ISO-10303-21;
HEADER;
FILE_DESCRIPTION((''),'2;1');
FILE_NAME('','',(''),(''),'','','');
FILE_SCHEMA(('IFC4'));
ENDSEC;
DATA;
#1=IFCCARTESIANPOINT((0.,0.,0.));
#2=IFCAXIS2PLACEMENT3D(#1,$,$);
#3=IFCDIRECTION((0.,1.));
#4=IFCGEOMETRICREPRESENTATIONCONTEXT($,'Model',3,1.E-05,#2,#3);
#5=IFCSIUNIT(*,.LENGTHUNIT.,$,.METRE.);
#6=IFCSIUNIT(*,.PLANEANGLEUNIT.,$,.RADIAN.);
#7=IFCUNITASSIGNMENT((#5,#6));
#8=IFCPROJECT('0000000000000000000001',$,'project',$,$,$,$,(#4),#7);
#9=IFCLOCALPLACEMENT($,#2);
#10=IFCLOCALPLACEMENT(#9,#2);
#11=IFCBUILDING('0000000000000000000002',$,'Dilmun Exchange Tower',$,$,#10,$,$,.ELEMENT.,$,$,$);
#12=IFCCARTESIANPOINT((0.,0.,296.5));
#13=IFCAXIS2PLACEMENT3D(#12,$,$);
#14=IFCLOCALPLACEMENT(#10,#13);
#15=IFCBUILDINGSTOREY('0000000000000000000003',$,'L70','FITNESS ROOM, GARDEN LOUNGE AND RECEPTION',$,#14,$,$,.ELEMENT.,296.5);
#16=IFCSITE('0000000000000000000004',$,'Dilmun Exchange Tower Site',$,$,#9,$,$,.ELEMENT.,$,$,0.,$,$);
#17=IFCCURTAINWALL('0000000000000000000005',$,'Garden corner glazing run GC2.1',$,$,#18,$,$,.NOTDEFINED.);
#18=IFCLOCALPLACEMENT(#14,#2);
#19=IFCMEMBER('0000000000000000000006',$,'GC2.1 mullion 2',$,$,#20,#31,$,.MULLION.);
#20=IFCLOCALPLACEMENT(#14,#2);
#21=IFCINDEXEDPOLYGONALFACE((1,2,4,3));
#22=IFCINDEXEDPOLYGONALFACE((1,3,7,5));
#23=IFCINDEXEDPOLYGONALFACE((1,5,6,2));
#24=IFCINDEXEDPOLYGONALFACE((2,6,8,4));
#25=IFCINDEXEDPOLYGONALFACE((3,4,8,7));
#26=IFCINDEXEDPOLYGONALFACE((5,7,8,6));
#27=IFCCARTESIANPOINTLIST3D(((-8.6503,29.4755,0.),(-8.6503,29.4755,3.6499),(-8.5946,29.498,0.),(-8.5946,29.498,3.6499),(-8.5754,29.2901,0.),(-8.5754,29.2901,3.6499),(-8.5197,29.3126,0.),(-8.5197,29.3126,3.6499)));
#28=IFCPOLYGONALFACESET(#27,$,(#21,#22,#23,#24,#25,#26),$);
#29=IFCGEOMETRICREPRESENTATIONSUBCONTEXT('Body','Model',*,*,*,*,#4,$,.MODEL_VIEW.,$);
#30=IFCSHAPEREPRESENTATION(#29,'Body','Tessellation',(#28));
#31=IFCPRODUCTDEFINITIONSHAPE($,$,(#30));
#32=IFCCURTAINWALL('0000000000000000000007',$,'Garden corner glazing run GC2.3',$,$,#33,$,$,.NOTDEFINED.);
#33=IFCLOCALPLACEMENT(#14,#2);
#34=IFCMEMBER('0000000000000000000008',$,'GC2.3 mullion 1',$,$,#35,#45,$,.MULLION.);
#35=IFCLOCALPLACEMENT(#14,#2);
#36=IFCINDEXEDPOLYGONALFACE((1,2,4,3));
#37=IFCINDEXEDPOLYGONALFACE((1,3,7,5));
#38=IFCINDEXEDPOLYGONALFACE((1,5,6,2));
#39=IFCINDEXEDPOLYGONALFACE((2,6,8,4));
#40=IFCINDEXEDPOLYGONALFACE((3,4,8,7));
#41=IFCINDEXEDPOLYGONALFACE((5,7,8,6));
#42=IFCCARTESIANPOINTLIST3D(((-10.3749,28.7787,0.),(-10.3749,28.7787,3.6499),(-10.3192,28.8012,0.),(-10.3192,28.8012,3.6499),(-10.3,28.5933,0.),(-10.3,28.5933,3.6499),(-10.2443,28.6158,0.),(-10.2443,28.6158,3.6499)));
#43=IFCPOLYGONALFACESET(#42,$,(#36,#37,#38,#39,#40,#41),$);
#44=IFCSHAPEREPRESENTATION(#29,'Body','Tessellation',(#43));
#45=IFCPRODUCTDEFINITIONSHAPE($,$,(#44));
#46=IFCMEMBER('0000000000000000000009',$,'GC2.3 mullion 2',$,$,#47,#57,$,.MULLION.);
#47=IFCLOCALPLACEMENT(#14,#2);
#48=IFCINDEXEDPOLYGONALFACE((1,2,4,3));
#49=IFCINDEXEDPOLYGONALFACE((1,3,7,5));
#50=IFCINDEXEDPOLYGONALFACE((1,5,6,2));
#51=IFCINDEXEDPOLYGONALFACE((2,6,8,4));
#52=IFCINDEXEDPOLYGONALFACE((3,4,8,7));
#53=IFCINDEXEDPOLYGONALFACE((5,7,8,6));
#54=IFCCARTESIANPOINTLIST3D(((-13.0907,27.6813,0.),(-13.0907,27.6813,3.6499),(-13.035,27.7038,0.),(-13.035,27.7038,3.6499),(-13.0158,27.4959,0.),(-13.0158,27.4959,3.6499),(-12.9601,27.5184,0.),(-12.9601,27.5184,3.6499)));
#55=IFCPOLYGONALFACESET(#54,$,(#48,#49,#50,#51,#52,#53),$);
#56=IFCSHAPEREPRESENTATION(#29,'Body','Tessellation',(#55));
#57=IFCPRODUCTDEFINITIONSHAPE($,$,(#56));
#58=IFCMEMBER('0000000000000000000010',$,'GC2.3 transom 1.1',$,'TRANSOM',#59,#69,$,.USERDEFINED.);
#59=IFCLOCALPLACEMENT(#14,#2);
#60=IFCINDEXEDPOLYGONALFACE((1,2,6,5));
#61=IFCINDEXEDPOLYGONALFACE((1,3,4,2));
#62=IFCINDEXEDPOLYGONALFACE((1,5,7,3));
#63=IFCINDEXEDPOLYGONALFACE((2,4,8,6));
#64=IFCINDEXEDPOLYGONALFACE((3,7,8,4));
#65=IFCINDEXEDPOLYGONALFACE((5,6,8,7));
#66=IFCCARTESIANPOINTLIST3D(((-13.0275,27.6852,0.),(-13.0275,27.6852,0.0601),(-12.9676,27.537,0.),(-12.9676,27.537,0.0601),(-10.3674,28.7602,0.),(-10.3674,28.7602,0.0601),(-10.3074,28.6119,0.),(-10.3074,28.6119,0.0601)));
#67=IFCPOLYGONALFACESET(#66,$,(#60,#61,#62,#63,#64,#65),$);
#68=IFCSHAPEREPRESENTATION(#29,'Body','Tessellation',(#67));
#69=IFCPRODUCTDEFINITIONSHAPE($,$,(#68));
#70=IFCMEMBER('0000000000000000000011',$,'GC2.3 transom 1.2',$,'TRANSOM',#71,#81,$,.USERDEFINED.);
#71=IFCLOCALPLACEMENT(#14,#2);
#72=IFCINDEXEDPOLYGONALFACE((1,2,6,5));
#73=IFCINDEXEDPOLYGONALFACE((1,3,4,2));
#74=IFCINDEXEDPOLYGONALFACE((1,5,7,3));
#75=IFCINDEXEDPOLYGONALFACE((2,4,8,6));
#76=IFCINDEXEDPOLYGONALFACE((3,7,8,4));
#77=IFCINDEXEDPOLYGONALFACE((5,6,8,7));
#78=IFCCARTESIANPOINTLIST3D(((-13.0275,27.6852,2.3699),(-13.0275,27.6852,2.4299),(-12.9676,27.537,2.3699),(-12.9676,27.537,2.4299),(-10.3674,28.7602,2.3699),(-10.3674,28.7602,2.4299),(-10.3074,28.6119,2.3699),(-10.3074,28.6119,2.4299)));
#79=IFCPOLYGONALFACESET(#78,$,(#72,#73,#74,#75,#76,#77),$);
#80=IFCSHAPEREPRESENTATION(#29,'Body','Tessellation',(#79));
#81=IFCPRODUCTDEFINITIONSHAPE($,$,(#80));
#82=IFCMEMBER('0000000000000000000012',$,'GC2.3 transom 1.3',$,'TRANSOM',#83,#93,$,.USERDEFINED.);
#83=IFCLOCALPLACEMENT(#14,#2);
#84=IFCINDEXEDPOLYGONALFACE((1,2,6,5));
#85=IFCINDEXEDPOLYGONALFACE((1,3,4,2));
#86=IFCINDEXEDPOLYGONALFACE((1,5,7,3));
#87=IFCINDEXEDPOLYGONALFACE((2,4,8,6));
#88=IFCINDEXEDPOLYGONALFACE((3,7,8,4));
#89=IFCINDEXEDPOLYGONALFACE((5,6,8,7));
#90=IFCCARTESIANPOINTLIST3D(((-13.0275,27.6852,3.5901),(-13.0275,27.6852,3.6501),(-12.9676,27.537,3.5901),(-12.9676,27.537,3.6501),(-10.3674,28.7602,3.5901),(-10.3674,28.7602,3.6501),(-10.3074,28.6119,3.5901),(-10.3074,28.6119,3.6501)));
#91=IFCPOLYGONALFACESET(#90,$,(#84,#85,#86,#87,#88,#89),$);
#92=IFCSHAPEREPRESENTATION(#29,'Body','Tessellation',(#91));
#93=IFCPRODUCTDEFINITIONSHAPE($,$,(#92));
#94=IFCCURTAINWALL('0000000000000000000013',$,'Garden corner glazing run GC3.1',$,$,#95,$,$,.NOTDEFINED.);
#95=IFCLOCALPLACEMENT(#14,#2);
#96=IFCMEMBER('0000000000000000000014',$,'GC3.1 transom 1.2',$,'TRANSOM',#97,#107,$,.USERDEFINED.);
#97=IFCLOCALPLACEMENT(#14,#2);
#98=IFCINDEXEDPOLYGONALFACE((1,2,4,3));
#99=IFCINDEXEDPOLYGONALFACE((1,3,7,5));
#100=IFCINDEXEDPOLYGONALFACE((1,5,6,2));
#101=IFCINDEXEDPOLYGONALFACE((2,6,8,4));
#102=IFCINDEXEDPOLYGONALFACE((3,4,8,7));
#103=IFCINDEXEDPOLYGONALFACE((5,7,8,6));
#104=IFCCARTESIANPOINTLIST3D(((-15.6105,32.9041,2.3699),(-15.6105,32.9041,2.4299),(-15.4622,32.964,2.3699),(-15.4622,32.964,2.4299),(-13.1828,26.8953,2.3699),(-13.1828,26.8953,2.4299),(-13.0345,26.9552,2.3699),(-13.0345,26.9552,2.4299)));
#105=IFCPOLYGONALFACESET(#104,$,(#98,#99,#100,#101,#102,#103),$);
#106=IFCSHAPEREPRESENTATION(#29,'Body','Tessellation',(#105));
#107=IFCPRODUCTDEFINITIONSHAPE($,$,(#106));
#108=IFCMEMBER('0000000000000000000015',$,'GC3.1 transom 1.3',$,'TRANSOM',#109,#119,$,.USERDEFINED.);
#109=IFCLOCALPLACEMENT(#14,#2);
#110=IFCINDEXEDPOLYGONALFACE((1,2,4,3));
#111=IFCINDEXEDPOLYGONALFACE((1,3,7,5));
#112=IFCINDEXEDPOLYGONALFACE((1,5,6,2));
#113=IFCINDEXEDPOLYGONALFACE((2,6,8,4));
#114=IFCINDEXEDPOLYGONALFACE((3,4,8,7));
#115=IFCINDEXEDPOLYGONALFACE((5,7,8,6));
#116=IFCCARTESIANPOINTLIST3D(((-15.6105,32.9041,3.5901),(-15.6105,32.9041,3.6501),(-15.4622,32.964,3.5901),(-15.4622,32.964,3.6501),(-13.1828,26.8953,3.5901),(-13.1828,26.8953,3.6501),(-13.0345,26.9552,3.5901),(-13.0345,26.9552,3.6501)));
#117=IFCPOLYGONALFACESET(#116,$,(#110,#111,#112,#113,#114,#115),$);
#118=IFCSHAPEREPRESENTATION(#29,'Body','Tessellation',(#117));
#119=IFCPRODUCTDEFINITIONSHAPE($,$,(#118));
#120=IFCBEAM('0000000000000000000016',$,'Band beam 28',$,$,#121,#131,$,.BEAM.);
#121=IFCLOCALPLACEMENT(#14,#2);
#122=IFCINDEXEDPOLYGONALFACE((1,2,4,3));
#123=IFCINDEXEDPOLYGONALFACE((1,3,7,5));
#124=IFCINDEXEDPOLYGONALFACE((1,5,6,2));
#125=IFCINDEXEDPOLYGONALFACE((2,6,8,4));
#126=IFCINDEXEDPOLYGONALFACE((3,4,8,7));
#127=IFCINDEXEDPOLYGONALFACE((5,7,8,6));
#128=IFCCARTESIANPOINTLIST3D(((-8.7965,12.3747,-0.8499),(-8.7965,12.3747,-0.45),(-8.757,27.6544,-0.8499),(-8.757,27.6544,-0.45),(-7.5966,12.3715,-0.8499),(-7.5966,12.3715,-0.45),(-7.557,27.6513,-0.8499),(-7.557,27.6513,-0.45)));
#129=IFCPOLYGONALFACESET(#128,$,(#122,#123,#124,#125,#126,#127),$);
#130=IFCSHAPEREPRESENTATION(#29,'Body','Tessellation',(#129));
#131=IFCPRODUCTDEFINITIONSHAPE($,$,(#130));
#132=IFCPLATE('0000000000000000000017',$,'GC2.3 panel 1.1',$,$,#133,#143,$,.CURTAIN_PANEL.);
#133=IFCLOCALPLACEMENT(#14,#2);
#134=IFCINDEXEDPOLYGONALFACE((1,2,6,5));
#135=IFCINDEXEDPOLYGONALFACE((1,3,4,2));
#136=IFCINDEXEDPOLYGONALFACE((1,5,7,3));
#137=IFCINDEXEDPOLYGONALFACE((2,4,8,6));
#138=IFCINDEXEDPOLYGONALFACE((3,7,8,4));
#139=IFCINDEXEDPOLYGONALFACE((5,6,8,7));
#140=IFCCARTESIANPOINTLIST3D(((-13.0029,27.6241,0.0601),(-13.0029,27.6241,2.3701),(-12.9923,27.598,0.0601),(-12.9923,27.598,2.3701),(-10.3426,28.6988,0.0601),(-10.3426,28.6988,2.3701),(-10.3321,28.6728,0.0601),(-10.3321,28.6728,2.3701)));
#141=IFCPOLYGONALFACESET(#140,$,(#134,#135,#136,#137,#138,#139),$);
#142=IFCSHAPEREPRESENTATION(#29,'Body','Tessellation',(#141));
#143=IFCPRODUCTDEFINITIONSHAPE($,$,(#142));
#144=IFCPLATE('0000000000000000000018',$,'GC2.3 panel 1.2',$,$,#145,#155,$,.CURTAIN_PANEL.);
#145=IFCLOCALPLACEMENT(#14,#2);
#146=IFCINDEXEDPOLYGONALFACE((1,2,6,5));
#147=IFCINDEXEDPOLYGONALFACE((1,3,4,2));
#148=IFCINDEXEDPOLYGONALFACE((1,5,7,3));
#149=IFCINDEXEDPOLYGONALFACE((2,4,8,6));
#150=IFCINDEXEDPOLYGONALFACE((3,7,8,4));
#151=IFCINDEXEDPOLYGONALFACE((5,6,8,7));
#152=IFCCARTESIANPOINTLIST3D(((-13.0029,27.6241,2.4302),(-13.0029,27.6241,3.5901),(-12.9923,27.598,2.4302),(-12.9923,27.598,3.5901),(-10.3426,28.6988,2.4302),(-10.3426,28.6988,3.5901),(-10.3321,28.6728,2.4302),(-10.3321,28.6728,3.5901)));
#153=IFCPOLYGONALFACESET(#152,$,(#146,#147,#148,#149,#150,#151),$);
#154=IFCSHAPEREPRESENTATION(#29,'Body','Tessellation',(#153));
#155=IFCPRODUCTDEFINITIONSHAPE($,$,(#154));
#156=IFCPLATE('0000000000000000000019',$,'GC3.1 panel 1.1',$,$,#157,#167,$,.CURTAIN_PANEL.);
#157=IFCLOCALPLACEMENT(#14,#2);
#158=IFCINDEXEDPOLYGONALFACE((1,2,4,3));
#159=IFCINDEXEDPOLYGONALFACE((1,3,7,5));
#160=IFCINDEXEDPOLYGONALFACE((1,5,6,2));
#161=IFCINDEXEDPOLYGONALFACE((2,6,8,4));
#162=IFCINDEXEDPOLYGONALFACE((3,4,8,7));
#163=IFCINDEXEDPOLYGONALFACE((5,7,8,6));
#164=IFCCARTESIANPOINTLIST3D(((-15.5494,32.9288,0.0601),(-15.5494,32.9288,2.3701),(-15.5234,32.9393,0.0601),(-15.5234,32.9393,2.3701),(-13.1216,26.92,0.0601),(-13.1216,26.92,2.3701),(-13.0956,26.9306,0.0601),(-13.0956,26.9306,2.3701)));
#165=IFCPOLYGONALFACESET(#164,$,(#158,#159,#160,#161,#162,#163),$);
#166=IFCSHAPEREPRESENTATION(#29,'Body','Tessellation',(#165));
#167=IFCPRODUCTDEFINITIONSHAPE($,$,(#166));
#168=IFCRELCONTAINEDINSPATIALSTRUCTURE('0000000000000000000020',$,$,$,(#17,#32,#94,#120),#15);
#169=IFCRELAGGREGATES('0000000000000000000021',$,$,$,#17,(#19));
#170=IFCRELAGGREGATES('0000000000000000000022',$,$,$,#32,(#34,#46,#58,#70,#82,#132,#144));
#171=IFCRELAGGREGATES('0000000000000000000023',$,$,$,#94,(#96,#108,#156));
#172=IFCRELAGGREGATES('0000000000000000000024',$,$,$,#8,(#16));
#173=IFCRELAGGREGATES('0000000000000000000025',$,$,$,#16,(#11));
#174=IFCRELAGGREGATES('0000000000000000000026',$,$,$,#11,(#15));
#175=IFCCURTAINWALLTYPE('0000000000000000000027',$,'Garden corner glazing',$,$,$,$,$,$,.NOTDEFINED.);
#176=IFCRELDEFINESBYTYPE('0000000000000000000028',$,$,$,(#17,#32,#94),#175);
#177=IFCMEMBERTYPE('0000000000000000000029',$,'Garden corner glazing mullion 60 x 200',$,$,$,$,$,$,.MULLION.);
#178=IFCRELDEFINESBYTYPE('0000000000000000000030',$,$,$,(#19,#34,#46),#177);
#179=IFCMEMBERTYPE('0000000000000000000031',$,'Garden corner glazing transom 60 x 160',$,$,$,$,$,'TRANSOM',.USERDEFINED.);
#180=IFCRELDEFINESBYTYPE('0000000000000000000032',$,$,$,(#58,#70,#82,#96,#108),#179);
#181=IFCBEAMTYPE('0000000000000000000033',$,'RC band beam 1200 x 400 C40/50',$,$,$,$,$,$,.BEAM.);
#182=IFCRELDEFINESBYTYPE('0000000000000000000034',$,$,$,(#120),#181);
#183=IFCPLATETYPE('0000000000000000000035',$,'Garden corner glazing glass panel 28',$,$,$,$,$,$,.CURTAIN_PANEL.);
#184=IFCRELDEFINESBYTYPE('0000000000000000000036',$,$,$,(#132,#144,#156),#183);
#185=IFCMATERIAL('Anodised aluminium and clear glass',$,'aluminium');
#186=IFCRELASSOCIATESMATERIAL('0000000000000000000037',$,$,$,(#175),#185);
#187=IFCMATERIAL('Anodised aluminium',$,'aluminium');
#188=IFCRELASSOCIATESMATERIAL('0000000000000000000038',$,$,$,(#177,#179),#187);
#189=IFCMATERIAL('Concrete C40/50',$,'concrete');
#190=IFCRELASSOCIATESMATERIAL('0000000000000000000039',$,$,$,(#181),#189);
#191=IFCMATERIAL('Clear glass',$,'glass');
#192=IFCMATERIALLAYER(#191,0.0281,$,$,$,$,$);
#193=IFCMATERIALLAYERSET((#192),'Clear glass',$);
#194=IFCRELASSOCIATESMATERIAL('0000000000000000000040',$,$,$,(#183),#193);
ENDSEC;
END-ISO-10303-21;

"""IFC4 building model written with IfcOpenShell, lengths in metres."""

from ifc_helpers import new_model, si_unit, direction, frame, origin, origin_2d, place, context, subcontext, project, spatial, rectangle, extrude, material, layer, layer_set, material_profile, profile_set, type_object, element, aggregate, save


model = new_model("IFC4")

# Units and contexts
model_context = context("Model", 3, precision=1e-05, world=origin(), true_north=direction((0.0, 1.0)))
body_context = subcontext(model_context, "Body", "Model", "MODEL_VIEW")
ifc_project = project(units=[si_unit("LENGTHUNIT", "METRE"), si_unit("PLANEANGLEUNIT", "RADIAN")], contexts=[model_context])

# Site, building, storey
site_placement = place(None, origin())
site = spatial("IfcSite", under=ifc_project, at=site_placement, Name="Dilmun Exchange Tower Site", CompositionType="ELEMENT", RefElevation=0.0)
building_placement = place(site_placement, origin())
building = spatial("IfcBuilding", under=site, at=building_placement, Name="Dilmun Exchange Tower", CompositionType="ELEMENT")
storey_placement = place(building_placement, frame((0.0, 0.0, 296.5)))
storey = spatial("IfcBuildingStorey", under=building, at=storey_placement, Name="L70", Description="FITNESS ROOM, GARDEN LOUNGE AND RECEPTION", CompositionType="ELEMENT", Elevation=296.5)

# Curtain wall, member
ifc_material_1 = material(Name="Anodised aluminium and clear glass", Category="aluminium")
curtain_wall_type = type_object("IfcCurtainWallType", Name="Garden corner glazing", PredefinedType="NOTDEFINED", material=ifc_material_1)
curtain_wall_1_placement = place(storey_placement, origin())
curtain_wall_1 = element("IfcCurtainWall", 1, at=curtain_wall_1_placement, inside=storey, type_object=curtain_wall_type, Name="Garden corner glazing run GC2.1", PredefinedType="NOTDEFINED")
ifc_material_2 = material(Name="Anodised aluminium", Category="aluminium")
ifc_material_profile_1 = material_profile(ifc_material_2, rectangle(XDim=0.2, YDim=0.0601, at=origin_2d()), Name="AL 60x200")
ifc_profile_set_1 = profile_set([ifc_material_profile_1], Name="Anodised aluminium")
member_type_1 = type_object("IfcMemberType", Name="Garden corner glazing mullion 60 x 200", PredefinedType="MULLION", material=ifc_profile_set_1)
member_1_placement = place(storey_placement, frame((-8.585, 29.394, 0.0), z_axis=(0.0, 0.0, 1.0), x_axis=(0.37459, -0.927191, 0.0)))
member_1 = element("IfcMember", 2, at=member_1_placement, type_object=member_type_1, Name="GC2.1 mullion 2", PredefinedType="MULLION", context=body_context, shape_type="SweptSolid", body=[
    extrude(rectangle(XDim=0.2, YDim=0.0601, at=origin_2d()), origin(), (0.0, 0.0, 1.0), 3.6499),
])
aggregate(curtain_wall_1, [member_1])

# Curtain walls, members
curtain_wall_2_placement = place(storey_placement, origin())
curtain_wall_2 = element("IfcCurtainWall", 3, at=curtain_wall_2_placement, inside=storey, type_object=curtain_wall_type, Name="Garden corner glazing run GC2.3", PredefinedType="NOTDEFINED")
member_2_placement = place(storey_placement, frame((-10.3096, 28.6973, 0.0), z_axis=(0.0, 0.0, 1.0), x_axis=(0.374601, -0.927186, 0.0)))
member_2 = element("IfcMember", 4, at=member_2_placement, type_object=member_type_1, Name="GC2.3 mullion 1", PredefinedType="MULLION", context=body_context, shape_type="SweptSolid", body=[
    extrude(rectangle(XDim=0.2, YDim=0.0601, at=origin_2d()), origin(), (0.0, 0.0, 1.0), 3.6499),
])
member_3_placement = place(storey_placement, frame((-13.0254, 27.5999, 0.0), z_axis=(0.0, 0.0, 1.0), x_axis=(0.374601, -0.927186, 0.0)))
member_3 = element("IfcMember", 5, at=member_3_placement, type_object=member_type_1, Name="GC2.3 mullion 2", PredefinedType="MULLION", context=body_context, shape_type="SweptSolid", body=[
    extrude(rectangle(XDim=0.2, YDim=0.0601, at=origin_2d()), origin(), (0.0, 0.0, 1.0), 3.6499),
])
ifc_material_profile_2 = material_profile(ifc_material_2, rectangle(XDim=0.1599, YDim=0.0601, at=origin_2d()), Name="AL 60x160")
ifc_profile_set_2 = profile_set([ifc_material_profile_2], Name="Anodised aluminium")
member_type_2 = type_object("IfcMemberType", Name="Garden corner glazing transom 60 x 160", ElementType="TRANSOM", PredefinedType="USERDEFINED", material=ifc_profile_set_2)
member_4_placement = place(storey_placement, frame((-10.3374, 28.686, 0.03), z_axis=(-0.927162, -0.37466, 0.0), x_axis=(0.37466, -0.927162, 0.0)))
member_4 = element("IfcMember", 6, at=member_4_placement, type_object=member_type_2, Name="GC2.3 transom 1.1", ObjectType="TRANSOM", PredefinedType="USERDEFINED", context=body_context, shape_type="SweptSolid", body=[
    extrude(rectangle(XDim=0.1599, YDim=0.0601, at=origin_2d()), origin(), (0.0, 0.0, 1.0), 2.8691),
])
member_5_placement = place(storey_placement, frame((-10.3374, 28.686, 2.3999), z_axis=(-0.927162, -0.37466, 0.0), x_axis=(0.37466, -0.927162, 0.0)))
member_5 = element("IfcMember", 7, at=member_5_placement, type_object=member_type_2, Name="GC2.3 transom 1.2", ObjectType="TRANSOM", PredefinedType="USERDEFINED", context=body_context, shape_type="SweptSolid", body=[
    extrude(rectangle(XDim=0.1599, YDim=0.0601, at=origin_2d()), origin(), (0.0, 0.0, 1.0), 2.8691),
])
member_6_placement = place(storey_placement, frame((-10.3374, 28.686, 3.6201), z_axis=(-0.927162, -0.37466, 0.0), x_axis=(0.37466, -0.927162, 0.0)))
member_6 = element("IfcMember", 8, at=member_6_placement, type_object=member_type_2, Name="GC2.3 transom 1.3", ObjectType="TRANSOM", PredefinedType="USERDEFINED", context=body_context, shape_type="SweptSolid", body=[
    extrude(rectangle(XDim=0.1599, YDim=0.0601, at=origin_2d()), origin(), (0.0, 0.0, 1.0), 2.8691),
])
curtain_wall_3_placement = place(storey_placement, origin())
curtain_wall_3 = element("IfcCurtainWall", 9, at=curtain_wall_3_placement, inside=storey, type_object=curtain_wall_type, Name="Garden corner glazing run GC3.1", PredefinedType="NOTDEFINED")
member_7_placement = place(storey_placement, frame((-13.1086, 26.9253, 2.3999), z_axis=(-0.37461, 0.927182, 0.0), x_axis=(-0.927182, -0.37461, 0.0)))
member_7 = element("IfcMember", 10, at=member_7_placement, type_object=member_type_2, Name="GC3.1 transom 1.2", ObjectType="TRANSOM", PredefinedType="USERDEFINED", context=body_context, shape_type="SweptSolid", body=[
    extrude(rectangle(XDim=0.1599, YDim=0.0601, at=origin_2d()), origin(), (0.0, 0.0, 1.0), 6.4807),
])
member_8_placement = place(storey_placement, frame((-13.1086, 26.9253, 3.6201), z_axis=(-0.37461, 0.927182, 0.0), x_axis=(-0.927182, -0.37461, 0.0)))
member_8 = element("IfcMember", 11, at=member_8_placement, type_object=member_type_2, Name="GC3.1 transom 1.3", ObjectType="TRANSOM", PredefinedType="USERDEFINED", context=body_context, shape_type="SweptSolid", body=[
    extrude(rectangle(XDim=0.1599, YDim=0.0601, at=origin_2d()), origin(), (0.0, 0.0, 1.0), 6.4807),
])

# Beam
ifc_material_3 = material(Name="Concrete C40/50", Category="concrete")
ifc_material_profile_3 = material_profile(ifc_material_3, rectangle(XDim=1.2, YDim=0.3999, at=origin_2d()), Name="1200 x 400")
ifc_profile_set_3 = profile_set([ifc_material_profile_3], Name="Concrete C40/50")
beam_type = type_object("IfcBeamType", Name="RC band beam 1200 x 400 C40/50", PredefinedType="BEAM", material=ifc_profile_set_3)
beam_placement = place(storey_placement, frame((-8.157, 27.6528, -0.6499), z_axis=(-0.002588, -0.999997, 0.0), x_axis=(0.999997, -0.002588, 0.0)))
element("IfcBeam", 12, at=beam_placement, inside=storey, type_object=beam_type, Name="Band beam 28", PredefinedType="BEAM", context=body_context, shape_type="SweptSolid", body=[
    extrude(rectangle(XDim=1.2, YDim=0.3999, at=origin_2d()), origin(), (0.0, 0.0, 1.0), 15.2798),
])

# Plates
ifc_material_4 = material(Name="Clear glass", Category="glass")
ifc_layer_1 = layer(ifc_material_4, 0.0281)
ifc_layer_set_1 = layer_set([ifc_layer_1], Name="Clear glass")
plate_type = type_object("IfcPlateType", Name="Garden corner glazing glass panel 28", PredefinedType="CURTAIN_PANEL", material=ifc_layer_set_1)
plate_1_placement = place(storey_placement, frame((-11.6675, 28.1484, 0.0601), z_axis=(0.0, 0.0, 1.0), x_axis=(-0.927186, -0.374601, 0.0)))
plate_1 = element("IfcPlate", 13, at=plate_1_placement, type_object=plate_type, Name="GC2.3 panel 1.1", PredefinedType="CURTAIN_PANEL", context=body_context, shape_type="SweptSolid", body=[
    extrude(rectangle(XDim=2.8691, YDim=0.0281, at=origin_2d()), origin(), (0.0, 0.0, 1.0), 2.3101),
])
plate_2_placement = place(storey_placement, frame((-11.6675, 28.1484, 2.4302), z_axis=(0.0, 0.0, 1.0), x_axis=(-0.927186, -0.374601, 0.0)))
plate_2 = element("IfcPlate", 14, at=plate_2_placement, type_object=plate_type, Name="GC2.3 panel 1.2", PredefinedType="CURTAIN_PANEL", context=body_context, shape_type="SweptSolid", body=[
    extrude(rectangle(XDim=2.8691, YDim=0.0281, at=origin_2d()), origin(), (0.0, 0.0, 1.0), 1.1599),
])
aggregate(curtain_wall_2, [member_2, member_3, member_4, member_5, member_6, plate_1, plate_2])
plate_3_placement = place(storey_placement, frame((-14.3225, 29.9297, 0.0601), z_axis=(0.0, 0.0, 1.0), x_axis=(-0.374614, 0.927181, 0.0)))
plate_3 = element("IfcPlate", 15, at=plate_3_placement, type_object=plate_type, Name="GC3.1 panel 1.1", PredefinedType="CURTAIN_PANEL", context=body_context, shape_type="SweptSolid", body=[
    extrude(rectangle(XDim=6.4807, YDim=0.0281, at=origin_2d()), origin(), (0.0, 0.0, 1.0), 2.3101),
])
aggregate(curtain_wall_3, [member_7, member_8, plate_3])

save(model, "model.ifc")
